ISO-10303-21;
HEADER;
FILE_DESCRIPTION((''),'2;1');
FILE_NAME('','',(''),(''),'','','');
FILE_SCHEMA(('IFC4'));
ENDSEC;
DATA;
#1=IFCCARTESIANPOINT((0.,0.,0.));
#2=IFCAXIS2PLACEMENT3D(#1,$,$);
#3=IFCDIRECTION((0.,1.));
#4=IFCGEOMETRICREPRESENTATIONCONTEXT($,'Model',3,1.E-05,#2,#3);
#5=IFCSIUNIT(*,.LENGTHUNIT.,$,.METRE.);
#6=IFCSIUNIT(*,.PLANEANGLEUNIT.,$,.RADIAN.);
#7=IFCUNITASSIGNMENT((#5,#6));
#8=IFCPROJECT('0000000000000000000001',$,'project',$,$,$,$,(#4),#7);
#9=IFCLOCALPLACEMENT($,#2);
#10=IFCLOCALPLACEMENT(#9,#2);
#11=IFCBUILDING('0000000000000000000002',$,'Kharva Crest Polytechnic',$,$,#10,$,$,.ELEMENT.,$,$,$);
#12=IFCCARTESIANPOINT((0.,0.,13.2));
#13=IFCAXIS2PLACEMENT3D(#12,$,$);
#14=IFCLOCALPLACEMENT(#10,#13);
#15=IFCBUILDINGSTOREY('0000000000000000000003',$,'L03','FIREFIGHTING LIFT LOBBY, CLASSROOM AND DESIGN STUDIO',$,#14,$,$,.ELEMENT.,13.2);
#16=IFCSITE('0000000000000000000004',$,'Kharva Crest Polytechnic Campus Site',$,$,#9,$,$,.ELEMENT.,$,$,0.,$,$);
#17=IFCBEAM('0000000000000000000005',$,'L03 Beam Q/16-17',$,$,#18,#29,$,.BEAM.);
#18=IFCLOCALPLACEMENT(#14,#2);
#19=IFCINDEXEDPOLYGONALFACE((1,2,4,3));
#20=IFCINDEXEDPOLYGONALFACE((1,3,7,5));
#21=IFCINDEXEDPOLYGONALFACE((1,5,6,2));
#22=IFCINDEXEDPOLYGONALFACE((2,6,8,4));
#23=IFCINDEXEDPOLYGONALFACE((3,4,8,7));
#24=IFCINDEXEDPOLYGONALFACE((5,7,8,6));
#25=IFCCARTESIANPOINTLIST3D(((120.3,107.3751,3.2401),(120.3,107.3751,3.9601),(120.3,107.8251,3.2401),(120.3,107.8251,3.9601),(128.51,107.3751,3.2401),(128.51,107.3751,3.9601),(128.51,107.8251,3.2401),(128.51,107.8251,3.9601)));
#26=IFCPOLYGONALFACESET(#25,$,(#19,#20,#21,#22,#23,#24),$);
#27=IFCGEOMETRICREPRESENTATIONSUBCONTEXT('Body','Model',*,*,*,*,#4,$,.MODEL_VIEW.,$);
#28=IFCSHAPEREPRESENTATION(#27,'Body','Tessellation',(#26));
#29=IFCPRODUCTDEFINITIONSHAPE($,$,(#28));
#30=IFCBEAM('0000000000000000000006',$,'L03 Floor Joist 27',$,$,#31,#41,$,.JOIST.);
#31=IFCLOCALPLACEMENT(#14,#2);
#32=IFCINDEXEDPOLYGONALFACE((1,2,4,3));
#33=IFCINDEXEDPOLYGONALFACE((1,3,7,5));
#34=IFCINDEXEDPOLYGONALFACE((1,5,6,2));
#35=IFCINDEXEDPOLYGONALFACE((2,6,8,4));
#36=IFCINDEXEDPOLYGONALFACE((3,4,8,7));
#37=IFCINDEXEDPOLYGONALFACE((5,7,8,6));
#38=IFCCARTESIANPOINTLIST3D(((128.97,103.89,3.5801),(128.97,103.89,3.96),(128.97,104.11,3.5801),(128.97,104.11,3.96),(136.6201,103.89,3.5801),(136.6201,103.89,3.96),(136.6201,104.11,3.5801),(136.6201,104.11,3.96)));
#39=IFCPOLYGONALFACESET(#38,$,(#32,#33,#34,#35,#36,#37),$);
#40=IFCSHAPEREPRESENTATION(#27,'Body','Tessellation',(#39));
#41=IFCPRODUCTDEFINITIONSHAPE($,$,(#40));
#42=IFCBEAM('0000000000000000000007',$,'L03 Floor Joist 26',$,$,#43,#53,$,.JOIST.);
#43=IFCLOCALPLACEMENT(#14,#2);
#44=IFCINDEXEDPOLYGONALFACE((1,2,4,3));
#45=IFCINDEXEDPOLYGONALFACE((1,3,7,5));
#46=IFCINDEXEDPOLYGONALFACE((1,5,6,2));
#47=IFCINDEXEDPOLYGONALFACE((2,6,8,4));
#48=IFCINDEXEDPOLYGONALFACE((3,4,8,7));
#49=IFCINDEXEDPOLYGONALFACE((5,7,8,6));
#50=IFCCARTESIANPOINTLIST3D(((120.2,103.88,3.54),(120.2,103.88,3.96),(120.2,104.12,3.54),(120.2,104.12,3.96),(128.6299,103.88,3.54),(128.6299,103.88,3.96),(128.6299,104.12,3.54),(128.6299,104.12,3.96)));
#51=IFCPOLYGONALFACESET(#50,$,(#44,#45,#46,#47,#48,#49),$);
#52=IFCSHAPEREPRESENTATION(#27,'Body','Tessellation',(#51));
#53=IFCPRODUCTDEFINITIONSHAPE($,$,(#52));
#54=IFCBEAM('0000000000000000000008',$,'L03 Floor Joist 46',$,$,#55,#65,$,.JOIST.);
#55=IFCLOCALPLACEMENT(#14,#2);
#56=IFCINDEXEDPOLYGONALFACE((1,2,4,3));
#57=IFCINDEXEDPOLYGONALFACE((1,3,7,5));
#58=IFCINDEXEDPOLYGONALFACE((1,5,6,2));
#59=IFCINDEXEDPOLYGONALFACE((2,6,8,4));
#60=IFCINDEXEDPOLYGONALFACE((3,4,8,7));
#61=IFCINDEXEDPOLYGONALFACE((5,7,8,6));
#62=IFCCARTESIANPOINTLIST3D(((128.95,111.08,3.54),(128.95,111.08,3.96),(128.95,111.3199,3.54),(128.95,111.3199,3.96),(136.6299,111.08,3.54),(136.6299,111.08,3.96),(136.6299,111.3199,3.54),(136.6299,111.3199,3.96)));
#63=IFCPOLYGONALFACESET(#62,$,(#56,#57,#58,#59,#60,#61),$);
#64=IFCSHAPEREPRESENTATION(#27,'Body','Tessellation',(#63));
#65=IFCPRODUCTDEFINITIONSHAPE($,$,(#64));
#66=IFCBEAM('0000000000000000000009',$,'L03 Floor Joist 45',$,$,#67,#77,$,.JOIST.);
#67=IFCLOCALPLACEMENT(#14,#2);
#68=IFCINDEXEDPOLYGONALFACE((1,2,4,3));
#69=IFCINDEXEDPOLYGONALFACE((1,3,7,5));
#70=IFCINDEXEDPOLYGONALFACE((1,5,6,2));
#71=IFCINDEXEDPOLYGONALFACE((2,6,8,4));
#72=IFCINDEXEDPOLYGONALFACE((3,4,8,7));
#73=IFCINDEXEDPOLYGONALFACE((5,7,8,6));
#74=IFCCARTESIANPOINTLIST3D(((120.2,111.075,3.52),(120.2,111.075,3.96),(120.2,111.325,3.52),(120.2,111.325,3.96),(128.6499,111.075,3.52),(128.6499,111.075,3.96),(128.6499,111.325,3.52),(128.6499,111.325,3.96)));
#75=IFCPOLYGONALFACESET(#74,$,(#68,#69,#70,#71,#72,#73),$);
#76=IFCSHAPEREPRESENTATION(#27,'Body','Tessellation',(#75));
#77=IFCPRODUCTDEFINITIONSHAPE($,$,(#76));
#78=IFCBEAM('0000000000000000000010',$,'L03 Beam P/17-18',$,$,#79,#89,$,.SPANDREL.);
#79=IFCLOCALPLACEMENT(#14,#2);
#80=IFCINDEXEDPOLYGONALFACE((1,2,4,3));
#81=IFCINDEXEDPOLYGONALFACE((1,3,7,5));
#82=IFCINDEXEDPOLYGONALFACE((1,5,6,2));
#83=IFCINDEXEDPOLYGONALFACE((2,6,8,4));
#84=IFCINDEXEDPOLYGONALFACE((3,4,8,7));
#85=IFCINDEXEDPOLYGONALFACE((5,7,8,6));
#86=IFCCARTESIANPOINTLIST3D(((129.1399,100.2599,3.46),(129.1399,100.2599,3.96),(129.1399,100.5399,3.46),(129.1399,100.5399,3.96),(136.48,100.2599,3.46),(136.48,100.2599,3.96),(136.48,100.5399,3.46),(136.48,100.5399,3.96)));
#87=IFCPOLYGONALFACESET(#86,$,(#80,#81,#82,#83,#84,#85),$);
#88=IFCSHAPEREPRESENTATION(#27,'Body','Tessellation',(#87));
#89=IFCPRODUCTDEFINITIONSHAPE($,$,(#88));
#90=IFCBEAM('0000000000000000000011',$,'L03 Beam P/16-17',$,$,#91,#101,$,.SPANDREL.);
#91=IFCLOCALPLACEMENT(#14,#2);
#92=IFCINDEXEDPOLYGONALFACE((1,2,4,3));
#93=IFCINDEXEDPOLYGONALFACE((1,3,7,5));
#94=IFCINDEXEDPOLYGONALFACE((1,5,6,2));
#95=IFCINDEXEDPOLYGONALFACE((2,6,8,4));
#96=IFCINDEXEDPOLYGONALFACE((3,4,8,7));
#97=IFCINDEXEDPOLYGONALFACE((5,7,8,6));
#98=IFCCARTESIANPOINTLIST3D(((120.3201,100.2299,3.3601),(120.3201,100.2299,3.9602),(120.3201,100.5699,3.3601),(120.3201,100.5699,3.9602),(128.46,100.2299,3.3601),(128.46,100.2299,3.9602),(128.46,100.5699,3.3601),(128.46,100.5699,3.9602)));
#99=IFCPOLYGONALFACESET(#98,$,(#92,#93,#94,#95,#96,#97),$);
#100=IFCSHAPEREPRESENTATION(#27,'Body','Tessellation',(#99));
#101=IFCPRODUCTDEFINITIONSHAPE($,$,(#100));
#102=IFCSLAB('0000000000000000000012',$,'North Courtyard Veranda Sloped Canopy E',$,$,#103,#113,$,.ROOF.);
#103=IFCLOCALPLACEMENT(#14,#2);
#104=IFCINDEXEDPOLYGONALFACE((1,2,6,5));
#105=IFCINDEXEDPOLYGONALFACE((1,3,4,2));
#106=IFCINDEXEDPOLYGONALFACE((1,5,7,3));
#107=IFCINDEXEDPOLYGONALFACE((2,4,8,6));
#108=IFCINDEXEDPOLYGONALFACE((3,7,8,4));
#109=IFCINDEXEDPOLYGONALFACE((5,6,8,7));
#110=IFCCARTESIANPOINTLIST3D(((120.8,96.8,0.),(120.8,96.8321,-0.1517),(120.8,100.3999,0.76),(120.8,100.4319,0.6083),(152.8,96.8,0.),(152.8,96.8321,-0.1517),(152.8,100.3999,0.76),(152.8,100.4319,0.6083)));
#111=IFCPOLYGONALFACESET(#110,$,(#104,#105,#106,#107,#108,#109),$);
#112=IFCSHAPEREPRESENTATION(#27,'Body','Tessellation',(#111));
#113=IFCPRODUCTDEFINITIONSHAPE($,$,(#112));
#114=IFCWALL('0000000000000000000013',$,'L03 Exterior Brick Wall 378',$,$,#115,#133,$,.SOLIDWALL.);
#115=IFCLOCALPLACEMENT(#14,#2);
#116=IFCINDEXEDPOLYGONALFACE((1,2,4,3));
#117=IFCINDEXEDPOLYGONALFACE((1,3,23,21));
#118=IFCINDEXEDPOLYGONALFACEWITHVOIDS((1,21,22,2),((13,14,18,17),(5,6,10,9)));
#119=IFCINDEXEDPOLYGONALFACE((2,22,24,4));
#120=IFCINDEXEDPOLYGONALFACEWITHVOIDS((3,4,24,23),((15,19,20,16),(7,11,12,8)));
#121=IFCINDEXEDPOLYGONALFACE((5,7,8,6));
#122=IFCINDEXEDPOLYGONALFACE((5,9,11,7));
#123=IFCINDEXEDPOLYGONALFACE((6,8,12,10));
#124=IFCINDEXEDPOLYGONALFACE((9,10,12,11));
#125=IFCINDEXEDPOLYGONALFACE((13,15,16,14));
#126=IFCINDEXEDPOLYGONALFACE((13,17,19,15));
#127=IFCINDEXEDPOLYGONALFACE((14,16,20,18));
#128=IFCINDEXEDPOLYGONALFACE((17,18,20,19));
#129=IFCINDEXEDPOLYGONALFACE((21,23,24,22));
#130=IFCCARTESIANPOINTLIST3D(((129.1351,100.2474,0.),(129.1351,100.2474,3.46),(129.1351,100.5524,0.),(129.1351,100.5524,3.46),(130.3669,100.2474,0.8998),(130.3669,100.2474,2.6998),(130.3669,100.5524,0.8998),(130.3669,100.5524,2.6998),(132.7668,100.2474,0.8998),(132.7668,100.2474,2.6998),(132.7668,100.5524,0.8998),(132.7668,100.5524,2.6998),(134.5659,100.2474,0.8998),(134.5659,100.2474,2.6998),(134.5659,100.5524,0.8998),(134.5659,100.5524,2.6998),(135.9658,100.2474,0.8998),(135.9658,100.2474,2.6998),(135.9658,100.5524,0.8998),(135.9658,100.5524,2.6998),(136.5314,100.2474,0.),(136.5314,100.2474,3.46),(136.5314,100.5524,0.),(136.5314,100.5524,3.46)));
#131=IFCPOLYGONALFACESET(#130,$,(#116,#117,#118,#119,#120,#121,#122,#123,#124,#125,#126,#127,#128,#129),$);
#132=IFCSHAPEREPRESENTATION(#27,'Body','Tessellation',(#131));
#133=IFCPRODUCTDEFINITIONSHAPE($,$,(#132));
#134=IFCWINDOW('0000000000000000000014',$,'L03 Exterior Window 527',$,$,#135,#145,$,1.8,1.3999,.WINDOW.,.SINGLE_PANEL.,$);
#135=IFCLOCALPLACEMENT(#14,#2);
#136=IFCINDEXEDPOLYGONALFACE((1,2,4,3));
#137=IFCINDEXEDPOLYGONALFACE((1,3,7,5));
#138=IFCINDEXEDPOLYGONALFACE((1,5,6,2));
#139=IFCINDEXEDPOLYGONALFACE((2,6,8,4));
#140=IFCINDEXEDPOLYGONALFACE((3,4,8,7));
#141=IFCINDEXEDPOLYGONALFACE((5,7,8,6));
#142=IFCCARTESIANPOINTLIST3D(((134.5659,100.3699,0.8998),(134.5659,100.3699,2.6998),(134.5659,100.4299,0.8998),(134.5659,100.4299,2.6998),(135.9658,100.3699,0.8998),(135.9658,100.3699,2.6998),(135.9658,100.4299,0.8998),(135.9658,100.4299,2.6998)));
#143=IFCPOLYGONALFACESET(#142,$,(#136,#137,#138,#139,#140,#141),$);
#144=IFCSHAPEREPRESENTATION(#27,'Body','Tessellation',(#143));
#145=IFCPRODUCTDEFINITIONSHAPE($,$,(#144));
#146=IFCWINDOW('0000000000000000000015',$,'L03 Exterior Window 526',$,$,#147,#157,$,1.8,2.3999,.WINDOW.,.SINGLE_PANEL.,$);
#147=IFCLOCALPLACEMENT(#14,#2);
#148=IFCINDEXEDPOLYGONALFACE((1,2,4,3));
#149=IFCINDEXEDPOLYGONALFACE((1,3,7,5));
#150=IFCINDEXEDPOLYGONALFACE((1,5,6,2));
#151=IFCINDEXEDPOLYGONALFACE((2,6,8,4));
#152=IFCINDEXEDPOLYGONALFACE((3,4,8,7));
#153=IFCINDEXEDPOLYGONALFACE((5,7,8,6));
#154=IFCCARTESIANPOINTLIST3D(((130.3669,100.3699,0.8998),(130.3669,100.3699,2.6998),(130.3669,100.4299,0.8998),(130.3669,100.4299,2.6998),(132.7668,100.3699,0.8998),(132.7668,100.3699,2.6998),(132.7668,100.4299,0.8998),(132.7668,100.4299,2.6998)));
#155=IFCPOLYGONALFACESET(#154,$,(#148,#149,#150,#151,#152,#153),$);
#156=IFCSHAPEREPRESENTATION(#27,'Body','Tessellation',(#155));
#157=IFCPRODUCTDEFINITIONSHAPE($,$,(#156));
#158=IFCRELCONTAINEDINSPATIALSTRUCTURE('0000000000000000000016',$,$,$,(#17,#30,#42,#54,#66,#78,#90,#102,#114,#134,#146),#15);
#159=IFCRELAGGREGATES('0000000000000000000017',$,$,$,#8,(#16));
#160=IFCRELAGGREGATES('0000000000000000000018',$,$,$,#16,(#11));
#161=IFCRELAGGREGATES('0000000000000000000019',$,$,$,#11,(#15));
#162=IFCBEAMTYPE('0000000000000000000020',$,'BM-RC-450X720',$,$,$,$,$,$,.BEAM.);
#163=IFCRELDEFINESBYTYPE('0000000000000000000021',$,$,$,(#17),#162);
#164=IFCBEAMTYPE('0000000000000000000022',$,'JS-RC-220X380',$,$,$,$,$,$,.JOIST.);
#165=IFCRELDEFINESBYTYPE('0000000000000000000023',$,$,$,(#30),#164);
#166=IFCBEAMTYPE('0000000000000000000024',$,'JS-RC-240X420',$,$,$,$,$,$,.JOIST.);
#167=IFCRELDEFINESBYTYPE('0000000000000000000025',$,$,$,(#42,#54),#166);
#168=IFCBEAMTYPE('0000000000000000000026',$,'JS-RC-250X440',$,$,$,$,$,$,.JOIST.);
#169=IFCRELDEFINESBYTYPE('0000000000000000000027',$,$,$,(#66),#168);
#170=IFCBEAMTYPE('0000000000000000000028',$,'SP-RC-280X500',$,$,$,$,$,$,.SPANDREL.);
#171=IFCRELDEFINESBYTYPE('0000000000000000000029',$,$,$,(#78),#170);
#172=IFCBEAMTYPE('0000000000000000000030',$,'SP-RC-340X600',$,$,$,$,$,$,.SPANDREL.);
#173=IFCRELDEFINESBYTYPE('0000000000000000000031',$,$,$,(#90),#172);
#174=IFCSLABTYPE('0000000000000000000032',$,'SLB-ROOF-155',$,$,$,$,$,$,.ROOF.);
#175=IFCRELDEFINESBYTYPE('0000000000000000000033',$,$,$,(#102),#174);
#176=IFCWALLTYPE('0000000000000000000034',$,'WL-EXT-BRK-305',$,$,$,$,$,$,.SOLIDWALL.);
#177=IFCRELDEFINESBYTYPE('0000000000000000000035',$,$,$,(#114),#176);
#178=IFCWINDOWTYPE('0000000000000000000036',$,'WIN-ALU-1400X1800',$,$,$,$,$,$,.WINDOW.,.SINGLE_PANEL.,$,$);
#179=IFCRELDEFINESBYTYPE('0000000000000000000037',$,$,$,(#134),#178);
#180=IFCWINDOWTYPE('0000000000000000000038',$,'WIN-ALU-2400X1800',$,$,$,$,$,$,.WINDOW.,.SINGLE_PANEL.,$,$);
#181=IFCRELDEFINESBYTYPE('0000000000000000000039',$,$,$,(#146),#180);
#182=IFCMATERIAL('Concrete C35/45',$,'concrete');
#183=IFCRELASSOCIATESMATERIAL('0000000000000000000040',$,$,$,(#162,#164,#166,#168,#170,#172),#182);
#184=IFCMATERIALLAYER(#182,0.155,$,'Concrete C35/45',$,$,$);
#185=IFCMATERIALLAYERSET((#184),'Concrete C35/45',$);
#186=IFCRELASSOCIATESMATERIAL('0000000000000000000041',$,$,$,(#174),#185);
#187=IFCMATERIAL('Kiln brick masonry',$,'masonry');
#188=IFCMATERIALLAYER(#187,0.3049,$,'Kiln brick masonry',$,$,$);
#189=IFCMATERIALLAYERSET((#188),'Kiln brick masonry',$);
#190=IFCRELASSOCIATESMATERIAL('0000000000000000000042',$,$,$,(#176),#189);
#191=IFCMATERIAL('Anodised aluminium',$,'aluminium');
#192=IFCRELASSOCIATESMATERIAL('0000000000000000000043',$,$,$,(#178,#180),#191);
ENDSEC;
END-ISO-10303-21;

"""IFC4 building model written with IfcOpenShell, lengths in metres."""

from ifc_helpers import new_model, si_unit, direction, frame, frame_2d, origin, origin_2d, place, context, subcontext, project, spatial, polyline, rectangle, outline, extrude, material, layer, layer_set, material_profile, profile_set, type_object, element, fill, save


model = new_model("IFC4")

# Units and contexts
model_context = context("Model", 3, precision=1e-05, world=origin(), true_north=direction((0.0, 1.0)))
body_context = subcontext(model_context, "Body", "Model", "MODEL_VIEW")
ifc_project = project(units=[si_unit("LENGTHUNIT", "METRE"), si_unit("PLANEANGLEUNIT", "RADIAN")], contexts=[model_context])

# Site, building, storey
site_placement = place(None, origin())
site = spatial("IfcSite", under=ifc_project, at=site_placement, Name="Kharva Crest Polytechnic Campus Site", CompositionType="ELEMENT", RefElevation=0.0)
building_placement = place(site_placement, origin())
building = spatial("IfcBuilding", under=site, at=building_placement, Name="Kharva Crest Polytechnic", CompositionType="ELEMENT")
storey_placement = place(building_placement, frame((0.0, 0.0, 13.2)))
storey = spatial("IfcBuildingStorey", under=building, at=storey_placement, Name="L03", Description="FIREFIGHTING LIFT LOBBY, CLASSROOM AND DESIGN STUDIO", CompositionType="ELEMENT", Elevation=13.2)

# Beams
ifc_material_1 = material(Name="Concrete C35/45", Category="concrete")
ifc_material_profile_1 = material_profile(ifc_material_1, rectangle(XDim=0.45, YDim=0.72, at=origin_2d()), Name="RECT 450 X 720")
ifc_profile_set_1 = profile_set([ifc_material_profile_1], Name="Concrete C35/45")
beam_type_1 = type_object("IfcBeamType", Name="BM-RC-450X720", PredefinedType="BEAM", material=ifc_profile_set_1)
beam_1_placement = place(storey_placement, frame((120.3, 107.6001, 3.6001), z_axis=(1.0, 0.0, 0.0), x_axis=(0.0, 1.0, 0.0)))
element("IfcBeam", 1, at=beam_1_placement, inside=storey, type_object=beam_type_1, Name="L03 Beam Q/16-17", PredefinedType="BEAM", context=body_context, shape_type="SweptSolid", body=[
    extrude(rectangle(XDim=0.45, YDim=0.72, at=origin_2d()), origin(), (0.0, 0.0, 1.0), 8.21),
])
ifc_material_profile_2 = material_profile(ifc_material_1, rectangle(XDim=0.22, YDim=0.3799, at=origin_2d()), Name="RECT 220 X 380")
ifc_profile_set_2 = profile_set([ifc_material_profile_2], Name="Concrete C35/45")
beam_type_2 = type_object("IfcBeamType", Name="JS-RC-220X380", PredefinedType="JOIST", material=ifc_profile_set_2)
beam_2_placement = place(storey_placement, frame((128.97, 104.0, 3.77), z_axis=(1.0, 0.0, 0.0), x_axis=(0.0, 1.0, 0.0)))
element("IfcBeam", 2, at=beam_2_placement, inside=storey, type_object=beam_type_2, Name="L03 Floor Joist 27", PredefinedType="JOIST", context=body_context, shape_type="SweptSolid", body=[
    extrude(rectangle(XDim=0.22, YDim=0.3799, at=origin_2d()), origin(), (0.0, 0.0, 1.0), 7.6501),
])
ifc_material_profile_3 = material_profile(ifc_material_1, rectangle(XDim=0.24, YDim=0.4199, at=origin_2d()), Name="RECT 240 X 420")
ifc_profile_set_3 = profile_set([ifc_material_profile_3], Name="Concrete C35/45")
beam_type_3 = type_object("IfcBeamType", Name="JS-RC-240X420", PredefinedType="JOIST", material=ifc_profile_set_3)
beam_3_placement = place(storey_placement, frame((120.2, 104.0, 3.75), z_axis=(1.0, 0.0, 0.0), x_axis=(0.0, 1.0, 0.0)))
element("IfcBeam", 3, at=beam_3_placement, inside=storey, type_object=beam_type_3, Name="L03 Floor Joist 26", PredefinedType="JOIST", context=body_context, shape_type="SweptSolid", body=[
    extrude(rectangle(XDim=0.24, YDim=0.4199, at=origin_2d()), origin(), (0.0, 0.0, 1.0), 8.4299),
])
beam_4_placement = place(storey_placement, frame((128.95, 111.2, 3.75), z_axis=(1.0, 0.0, 0.0), x_axis=(0.0, 1.0, 0.0)))
element("IfcBeam", 4, at=beam_4_placement, inside=storey, type_object=beam_type_3, Name="L03 Floor Joist 46", PredefinedType="JOIST", context=body_context, shape_type="SweptSolid", body=[
    extrude(rectangle(XDim=0.24, YDim=0.4199, at=origin_2d()), origin(), (0.0, 0.0, 1.0), 7.6799),
])
ifc_material_profile_4 = material_profile(ifc_material_1, rectangle(XDim=0.25, YDim=0.4399, at=origin_2d()), Name="RECT 250 X 440")
ifc_profile_set_4 = profile_set([ifc_material_profile_4], Name="Concrete C35/45")
beam_type_4 = type_object("IfcBeamType", Name="JS-RC-250X440", PredefinedType="JOIST", material=ifc_profile_set_4)
beam_5_placement = place(storey_placement, frame((120.2, 111.2, 3.74), z_axis=(1.0, 0.0, 0.0), x_axis=(0.0, 1.0, 0.0)))
element("IfcBeam", 5, at=beam_5_placement, inside=storey, type_object=beam_type_4, Name="L03 Floor Joist 45", PredefinedType="JOIST", context=body_context, shape_type="SweptSolid", body=[
    extrude(rectangle(XDim=0.25, YDim=0.4399, at=origin_2d()), origin(), (0.0, 0.0, 1.0), 8.45),
])
ifc_material_profile_5 = material_profile(ifc_material_1, rectangle(XDim=0.28, YDim=0.5, at=origin_2d()), Name="RECT 280 X 500")
ifc_profile_set_5 = profile_set([ifc_material_profile_5], Name="Concrete C35/45")
beam_type_5 = type_object("IfcBeamType", Name="SP-RC-280X500", PredefinedType="SPANDREL", material=ifc_profile_set_5)
beam_6_placement = place(storey_placement, frame((129.1399, 100.3999, 3.71), z_axis=(1.0, 0.0, 0.0), x_axis=(0.0, 1.0, 0.0)))
element("IfcBeam", 6, at=beam_6_placement, inside=storey, type_object=beam_type_5, Name="L03 Beam P/17-18", PredefinedType="SPANDREL", context=body_context, shape_type="SweptSolid", body=[
    extrude(rectangle(XDim=0.28, YDim=0.5, at=origin_2d()), origin(), (0.0, 0.0, 1.0), 7.3401),
])
ifc_material_profile_6 = material_profile(ifc_material_1, rectangle(XDim=0.3401, YDim=0.6001, at=origin_2d()), Name="RECT 340 X 600")
ifc_profile_set_6 = profile_set([ifc_material_profile_6], Name="Concrete C35/45")
beam_type_6 = type_object("IfcBeamType", Name="SP-RC-340X600", PredefinedType="SPANDREL", material=ifc_profile_set_6)
beam_7_placement = place(storey_placement, frame((120.3201, 100.3999, 3.6602), z_axis=(1.0, 0.0, 0.0), x_axis=(0.0, 1.0, 0.0)))
element("IfcBeam", 7, at=beam_7_placement, inside=storey, type_object=beam_type_6, Name="L03 Beam P/16-17", PredefinedType="SPANDREL", context=body_context, shape_type="SweptSolid", body=[
    extrude(rectangle(XDim=0.3401, YDim=0.6001, at=origin_2d()), origin(), (0.0, 0.0, 1.0), 8.1399),
])

# Slab
ifc_layer_1 = layer(ifc_material_1, 0.155, Name="Concrete C35/45")
ifc_layer_set_1 = layer_set([ifc_layer_1], Name="Concrete C35/45")
slab_type = type_object("IfcSlabType", Name="SLB-ROOF-155", PredefinedType="ROOF", material=ifc_layer_set_1)
slab_placement = place(storey_placement, frame((120.8, 96.8, 0.0), z_axis=(0.0, -0.206569, 0.978432), x_axis=(1.0, 0.0, 0.0)))
element("IfcSlab", 8, at=slab_placement, inside=storey, type_object=slab_type, Name="North Courtyard Veranda Sloped Canopy E", PredefinedType="ROOF", context=body_context, shape_type="SweptSolid", body=[
    extrude(outline(polyline([(0.0, 0.0), (32.0, 0.0), (32.0, 3.6792), (0.0, 3.6792), (0.0, 0.0)])), origin(), (0.0, 0.0, -1.0), 0.155),
])

# Wall, openings, windows
ifc_material_2 = material(Name="Kiln brick masonry", Category="masonry")
ifc_layer_2 = layer(ifc_material_2, 0.3049, Name="Kiln brick masonry")
ifc_layer_set_2 = layer_set([ifc_layer_2], Name="Kiln brick masonry")
wall_type_1 = type_object("IfcWallType", Name="WL-EXT-BRK-305", PredefinedType="SOLIDWALL", material=ifc_layer_set_2)
wall_1_placement = place(storey_placement, frame((129.135, 100.3999, 0.0), z_axis=(0.0, 0.0, 1.0), x_axis=(1.0, 0.0, 0.0)))
wall_1 = element("IfcWall", 9, at=wall_1_placement, inside=storey, type_object=wall_type_1, Name="L03 Exterior Brick Wall 378", PredefinedType="SOLIDWALL", context=body_context, shape_type="SweptSolid", body=[
    extrude(rectangle(XDim=7.3962, YDim=0.3049, at=frame_2d((3.6982, 0.0))), origin(), (0.0, 0.0, 1.0), 3.46),
])
opening_1_placement = place(wall_1_placement, frame((1.2319, 0.0, 0.8999)))
opening_1 = element("IfcOpeningElement", 10, at=opening_1_placement, cuts=wall_1, PredefinedType="OPENING", context=body_context, shape_type="SweptSolid", body=[
    extrude(rectangle(XDim=2.3999, YDim=1.8, at=frame_2d((1.2, 0.8999))), frame((0.0, 0.1624, 0.0), z_axis=(0.0, -1.0, 0.0), x_axis=(1.0, 0.0, 0.0)), (0.0, 0.0, 1.0), 0.325),
])
opening_2_placement = place(wall_1_placement, frame((5.4309, 0.0, 0.8999)))
opening_2 = element("IfcOpeningElement", 11, at=opening_2_placement, cuts=wall_1, PredefinedType="OPENING", context=body_context, shape_type="SweptSolid", body=[
    extrude(rectangle(XDim=1.3999, YDim=1.8, at=frame_2d((0.7, 0.8999))), frame((0.0, 0.1624, 0.0), z_axis=(0.0, -1.0, 0.0), x_axis=(1.0, 0.0, 0.0)), (0.0, 0.0, 1.0), 0.325),
])
ifc_material_3 = material(Name="Anodised aluminium", Category="aluminium")
window_type_1 = type_object("IfcWindowType", Name="WIN-ALU-1400X1800", PartitioningType="SINGLE_PANEL", PredefinedType="WINDOW", material=ifc_material_3)
window_1_placement = place(opening_2_placement, origin())
window_1 = element("IfcWindow", 12, at=window_1_placement, inside=storey, type_object=window_type_1, Name="L03 Exterior Window 527", OverallHeight=1.8, OverallWidth=1.3999, PartitioningType="SINGLE_PANEL", PredefinedType="WINDOW", context=body_context, shape_type="SweptSolid", body=[
    extrude(rectangle(XDim=1.3999, YDim=1.8, at=frame_2d((0.7, 0.8999))), frame((0.0, 0.03, 0.0), z_axis=(0.0, -1.0, 0.0), x_axis=(1.0, 0.0, 0.0)), (0.0, 0.0, 1.0), 0.0601),
])
fill(opening_2, window_1)
window_type_2 = type_object("IfcWindowType", Name="WIN-ALU-2400X1800", PartitioningType="SINGLE_PANEL", PredefinedType="WINDOW", material=ifc_material_3)
window_2_placement = place(opening_1_placement, origin())
window_2 = element("IfcWindow", 13, at=window_2_placement, inside=storey, type_object=window_type_2, Name="L03 Exterior Window 526", OverallHeight=1.8, OverallWidth=2.3999, PartitioningType="SINGLE_PANEL", PredefinedType="WINDOW", context=body_context, shape_type="SweptSolid", body=[
    extrude(rectangle(XDim=2.3999, YDim=1.8, at=frame_2d((1.2, 0.8999))), frame((0.0, 0.03, 0.0), z_axis=(0.0, -1.0, 0.0), x_axis=(1.0, 0.0, 0.0)), (0.0, 0.0, 1.0), 0.0601),
])
fill(opening_1, window_2)

save(model, "model.ifc")
